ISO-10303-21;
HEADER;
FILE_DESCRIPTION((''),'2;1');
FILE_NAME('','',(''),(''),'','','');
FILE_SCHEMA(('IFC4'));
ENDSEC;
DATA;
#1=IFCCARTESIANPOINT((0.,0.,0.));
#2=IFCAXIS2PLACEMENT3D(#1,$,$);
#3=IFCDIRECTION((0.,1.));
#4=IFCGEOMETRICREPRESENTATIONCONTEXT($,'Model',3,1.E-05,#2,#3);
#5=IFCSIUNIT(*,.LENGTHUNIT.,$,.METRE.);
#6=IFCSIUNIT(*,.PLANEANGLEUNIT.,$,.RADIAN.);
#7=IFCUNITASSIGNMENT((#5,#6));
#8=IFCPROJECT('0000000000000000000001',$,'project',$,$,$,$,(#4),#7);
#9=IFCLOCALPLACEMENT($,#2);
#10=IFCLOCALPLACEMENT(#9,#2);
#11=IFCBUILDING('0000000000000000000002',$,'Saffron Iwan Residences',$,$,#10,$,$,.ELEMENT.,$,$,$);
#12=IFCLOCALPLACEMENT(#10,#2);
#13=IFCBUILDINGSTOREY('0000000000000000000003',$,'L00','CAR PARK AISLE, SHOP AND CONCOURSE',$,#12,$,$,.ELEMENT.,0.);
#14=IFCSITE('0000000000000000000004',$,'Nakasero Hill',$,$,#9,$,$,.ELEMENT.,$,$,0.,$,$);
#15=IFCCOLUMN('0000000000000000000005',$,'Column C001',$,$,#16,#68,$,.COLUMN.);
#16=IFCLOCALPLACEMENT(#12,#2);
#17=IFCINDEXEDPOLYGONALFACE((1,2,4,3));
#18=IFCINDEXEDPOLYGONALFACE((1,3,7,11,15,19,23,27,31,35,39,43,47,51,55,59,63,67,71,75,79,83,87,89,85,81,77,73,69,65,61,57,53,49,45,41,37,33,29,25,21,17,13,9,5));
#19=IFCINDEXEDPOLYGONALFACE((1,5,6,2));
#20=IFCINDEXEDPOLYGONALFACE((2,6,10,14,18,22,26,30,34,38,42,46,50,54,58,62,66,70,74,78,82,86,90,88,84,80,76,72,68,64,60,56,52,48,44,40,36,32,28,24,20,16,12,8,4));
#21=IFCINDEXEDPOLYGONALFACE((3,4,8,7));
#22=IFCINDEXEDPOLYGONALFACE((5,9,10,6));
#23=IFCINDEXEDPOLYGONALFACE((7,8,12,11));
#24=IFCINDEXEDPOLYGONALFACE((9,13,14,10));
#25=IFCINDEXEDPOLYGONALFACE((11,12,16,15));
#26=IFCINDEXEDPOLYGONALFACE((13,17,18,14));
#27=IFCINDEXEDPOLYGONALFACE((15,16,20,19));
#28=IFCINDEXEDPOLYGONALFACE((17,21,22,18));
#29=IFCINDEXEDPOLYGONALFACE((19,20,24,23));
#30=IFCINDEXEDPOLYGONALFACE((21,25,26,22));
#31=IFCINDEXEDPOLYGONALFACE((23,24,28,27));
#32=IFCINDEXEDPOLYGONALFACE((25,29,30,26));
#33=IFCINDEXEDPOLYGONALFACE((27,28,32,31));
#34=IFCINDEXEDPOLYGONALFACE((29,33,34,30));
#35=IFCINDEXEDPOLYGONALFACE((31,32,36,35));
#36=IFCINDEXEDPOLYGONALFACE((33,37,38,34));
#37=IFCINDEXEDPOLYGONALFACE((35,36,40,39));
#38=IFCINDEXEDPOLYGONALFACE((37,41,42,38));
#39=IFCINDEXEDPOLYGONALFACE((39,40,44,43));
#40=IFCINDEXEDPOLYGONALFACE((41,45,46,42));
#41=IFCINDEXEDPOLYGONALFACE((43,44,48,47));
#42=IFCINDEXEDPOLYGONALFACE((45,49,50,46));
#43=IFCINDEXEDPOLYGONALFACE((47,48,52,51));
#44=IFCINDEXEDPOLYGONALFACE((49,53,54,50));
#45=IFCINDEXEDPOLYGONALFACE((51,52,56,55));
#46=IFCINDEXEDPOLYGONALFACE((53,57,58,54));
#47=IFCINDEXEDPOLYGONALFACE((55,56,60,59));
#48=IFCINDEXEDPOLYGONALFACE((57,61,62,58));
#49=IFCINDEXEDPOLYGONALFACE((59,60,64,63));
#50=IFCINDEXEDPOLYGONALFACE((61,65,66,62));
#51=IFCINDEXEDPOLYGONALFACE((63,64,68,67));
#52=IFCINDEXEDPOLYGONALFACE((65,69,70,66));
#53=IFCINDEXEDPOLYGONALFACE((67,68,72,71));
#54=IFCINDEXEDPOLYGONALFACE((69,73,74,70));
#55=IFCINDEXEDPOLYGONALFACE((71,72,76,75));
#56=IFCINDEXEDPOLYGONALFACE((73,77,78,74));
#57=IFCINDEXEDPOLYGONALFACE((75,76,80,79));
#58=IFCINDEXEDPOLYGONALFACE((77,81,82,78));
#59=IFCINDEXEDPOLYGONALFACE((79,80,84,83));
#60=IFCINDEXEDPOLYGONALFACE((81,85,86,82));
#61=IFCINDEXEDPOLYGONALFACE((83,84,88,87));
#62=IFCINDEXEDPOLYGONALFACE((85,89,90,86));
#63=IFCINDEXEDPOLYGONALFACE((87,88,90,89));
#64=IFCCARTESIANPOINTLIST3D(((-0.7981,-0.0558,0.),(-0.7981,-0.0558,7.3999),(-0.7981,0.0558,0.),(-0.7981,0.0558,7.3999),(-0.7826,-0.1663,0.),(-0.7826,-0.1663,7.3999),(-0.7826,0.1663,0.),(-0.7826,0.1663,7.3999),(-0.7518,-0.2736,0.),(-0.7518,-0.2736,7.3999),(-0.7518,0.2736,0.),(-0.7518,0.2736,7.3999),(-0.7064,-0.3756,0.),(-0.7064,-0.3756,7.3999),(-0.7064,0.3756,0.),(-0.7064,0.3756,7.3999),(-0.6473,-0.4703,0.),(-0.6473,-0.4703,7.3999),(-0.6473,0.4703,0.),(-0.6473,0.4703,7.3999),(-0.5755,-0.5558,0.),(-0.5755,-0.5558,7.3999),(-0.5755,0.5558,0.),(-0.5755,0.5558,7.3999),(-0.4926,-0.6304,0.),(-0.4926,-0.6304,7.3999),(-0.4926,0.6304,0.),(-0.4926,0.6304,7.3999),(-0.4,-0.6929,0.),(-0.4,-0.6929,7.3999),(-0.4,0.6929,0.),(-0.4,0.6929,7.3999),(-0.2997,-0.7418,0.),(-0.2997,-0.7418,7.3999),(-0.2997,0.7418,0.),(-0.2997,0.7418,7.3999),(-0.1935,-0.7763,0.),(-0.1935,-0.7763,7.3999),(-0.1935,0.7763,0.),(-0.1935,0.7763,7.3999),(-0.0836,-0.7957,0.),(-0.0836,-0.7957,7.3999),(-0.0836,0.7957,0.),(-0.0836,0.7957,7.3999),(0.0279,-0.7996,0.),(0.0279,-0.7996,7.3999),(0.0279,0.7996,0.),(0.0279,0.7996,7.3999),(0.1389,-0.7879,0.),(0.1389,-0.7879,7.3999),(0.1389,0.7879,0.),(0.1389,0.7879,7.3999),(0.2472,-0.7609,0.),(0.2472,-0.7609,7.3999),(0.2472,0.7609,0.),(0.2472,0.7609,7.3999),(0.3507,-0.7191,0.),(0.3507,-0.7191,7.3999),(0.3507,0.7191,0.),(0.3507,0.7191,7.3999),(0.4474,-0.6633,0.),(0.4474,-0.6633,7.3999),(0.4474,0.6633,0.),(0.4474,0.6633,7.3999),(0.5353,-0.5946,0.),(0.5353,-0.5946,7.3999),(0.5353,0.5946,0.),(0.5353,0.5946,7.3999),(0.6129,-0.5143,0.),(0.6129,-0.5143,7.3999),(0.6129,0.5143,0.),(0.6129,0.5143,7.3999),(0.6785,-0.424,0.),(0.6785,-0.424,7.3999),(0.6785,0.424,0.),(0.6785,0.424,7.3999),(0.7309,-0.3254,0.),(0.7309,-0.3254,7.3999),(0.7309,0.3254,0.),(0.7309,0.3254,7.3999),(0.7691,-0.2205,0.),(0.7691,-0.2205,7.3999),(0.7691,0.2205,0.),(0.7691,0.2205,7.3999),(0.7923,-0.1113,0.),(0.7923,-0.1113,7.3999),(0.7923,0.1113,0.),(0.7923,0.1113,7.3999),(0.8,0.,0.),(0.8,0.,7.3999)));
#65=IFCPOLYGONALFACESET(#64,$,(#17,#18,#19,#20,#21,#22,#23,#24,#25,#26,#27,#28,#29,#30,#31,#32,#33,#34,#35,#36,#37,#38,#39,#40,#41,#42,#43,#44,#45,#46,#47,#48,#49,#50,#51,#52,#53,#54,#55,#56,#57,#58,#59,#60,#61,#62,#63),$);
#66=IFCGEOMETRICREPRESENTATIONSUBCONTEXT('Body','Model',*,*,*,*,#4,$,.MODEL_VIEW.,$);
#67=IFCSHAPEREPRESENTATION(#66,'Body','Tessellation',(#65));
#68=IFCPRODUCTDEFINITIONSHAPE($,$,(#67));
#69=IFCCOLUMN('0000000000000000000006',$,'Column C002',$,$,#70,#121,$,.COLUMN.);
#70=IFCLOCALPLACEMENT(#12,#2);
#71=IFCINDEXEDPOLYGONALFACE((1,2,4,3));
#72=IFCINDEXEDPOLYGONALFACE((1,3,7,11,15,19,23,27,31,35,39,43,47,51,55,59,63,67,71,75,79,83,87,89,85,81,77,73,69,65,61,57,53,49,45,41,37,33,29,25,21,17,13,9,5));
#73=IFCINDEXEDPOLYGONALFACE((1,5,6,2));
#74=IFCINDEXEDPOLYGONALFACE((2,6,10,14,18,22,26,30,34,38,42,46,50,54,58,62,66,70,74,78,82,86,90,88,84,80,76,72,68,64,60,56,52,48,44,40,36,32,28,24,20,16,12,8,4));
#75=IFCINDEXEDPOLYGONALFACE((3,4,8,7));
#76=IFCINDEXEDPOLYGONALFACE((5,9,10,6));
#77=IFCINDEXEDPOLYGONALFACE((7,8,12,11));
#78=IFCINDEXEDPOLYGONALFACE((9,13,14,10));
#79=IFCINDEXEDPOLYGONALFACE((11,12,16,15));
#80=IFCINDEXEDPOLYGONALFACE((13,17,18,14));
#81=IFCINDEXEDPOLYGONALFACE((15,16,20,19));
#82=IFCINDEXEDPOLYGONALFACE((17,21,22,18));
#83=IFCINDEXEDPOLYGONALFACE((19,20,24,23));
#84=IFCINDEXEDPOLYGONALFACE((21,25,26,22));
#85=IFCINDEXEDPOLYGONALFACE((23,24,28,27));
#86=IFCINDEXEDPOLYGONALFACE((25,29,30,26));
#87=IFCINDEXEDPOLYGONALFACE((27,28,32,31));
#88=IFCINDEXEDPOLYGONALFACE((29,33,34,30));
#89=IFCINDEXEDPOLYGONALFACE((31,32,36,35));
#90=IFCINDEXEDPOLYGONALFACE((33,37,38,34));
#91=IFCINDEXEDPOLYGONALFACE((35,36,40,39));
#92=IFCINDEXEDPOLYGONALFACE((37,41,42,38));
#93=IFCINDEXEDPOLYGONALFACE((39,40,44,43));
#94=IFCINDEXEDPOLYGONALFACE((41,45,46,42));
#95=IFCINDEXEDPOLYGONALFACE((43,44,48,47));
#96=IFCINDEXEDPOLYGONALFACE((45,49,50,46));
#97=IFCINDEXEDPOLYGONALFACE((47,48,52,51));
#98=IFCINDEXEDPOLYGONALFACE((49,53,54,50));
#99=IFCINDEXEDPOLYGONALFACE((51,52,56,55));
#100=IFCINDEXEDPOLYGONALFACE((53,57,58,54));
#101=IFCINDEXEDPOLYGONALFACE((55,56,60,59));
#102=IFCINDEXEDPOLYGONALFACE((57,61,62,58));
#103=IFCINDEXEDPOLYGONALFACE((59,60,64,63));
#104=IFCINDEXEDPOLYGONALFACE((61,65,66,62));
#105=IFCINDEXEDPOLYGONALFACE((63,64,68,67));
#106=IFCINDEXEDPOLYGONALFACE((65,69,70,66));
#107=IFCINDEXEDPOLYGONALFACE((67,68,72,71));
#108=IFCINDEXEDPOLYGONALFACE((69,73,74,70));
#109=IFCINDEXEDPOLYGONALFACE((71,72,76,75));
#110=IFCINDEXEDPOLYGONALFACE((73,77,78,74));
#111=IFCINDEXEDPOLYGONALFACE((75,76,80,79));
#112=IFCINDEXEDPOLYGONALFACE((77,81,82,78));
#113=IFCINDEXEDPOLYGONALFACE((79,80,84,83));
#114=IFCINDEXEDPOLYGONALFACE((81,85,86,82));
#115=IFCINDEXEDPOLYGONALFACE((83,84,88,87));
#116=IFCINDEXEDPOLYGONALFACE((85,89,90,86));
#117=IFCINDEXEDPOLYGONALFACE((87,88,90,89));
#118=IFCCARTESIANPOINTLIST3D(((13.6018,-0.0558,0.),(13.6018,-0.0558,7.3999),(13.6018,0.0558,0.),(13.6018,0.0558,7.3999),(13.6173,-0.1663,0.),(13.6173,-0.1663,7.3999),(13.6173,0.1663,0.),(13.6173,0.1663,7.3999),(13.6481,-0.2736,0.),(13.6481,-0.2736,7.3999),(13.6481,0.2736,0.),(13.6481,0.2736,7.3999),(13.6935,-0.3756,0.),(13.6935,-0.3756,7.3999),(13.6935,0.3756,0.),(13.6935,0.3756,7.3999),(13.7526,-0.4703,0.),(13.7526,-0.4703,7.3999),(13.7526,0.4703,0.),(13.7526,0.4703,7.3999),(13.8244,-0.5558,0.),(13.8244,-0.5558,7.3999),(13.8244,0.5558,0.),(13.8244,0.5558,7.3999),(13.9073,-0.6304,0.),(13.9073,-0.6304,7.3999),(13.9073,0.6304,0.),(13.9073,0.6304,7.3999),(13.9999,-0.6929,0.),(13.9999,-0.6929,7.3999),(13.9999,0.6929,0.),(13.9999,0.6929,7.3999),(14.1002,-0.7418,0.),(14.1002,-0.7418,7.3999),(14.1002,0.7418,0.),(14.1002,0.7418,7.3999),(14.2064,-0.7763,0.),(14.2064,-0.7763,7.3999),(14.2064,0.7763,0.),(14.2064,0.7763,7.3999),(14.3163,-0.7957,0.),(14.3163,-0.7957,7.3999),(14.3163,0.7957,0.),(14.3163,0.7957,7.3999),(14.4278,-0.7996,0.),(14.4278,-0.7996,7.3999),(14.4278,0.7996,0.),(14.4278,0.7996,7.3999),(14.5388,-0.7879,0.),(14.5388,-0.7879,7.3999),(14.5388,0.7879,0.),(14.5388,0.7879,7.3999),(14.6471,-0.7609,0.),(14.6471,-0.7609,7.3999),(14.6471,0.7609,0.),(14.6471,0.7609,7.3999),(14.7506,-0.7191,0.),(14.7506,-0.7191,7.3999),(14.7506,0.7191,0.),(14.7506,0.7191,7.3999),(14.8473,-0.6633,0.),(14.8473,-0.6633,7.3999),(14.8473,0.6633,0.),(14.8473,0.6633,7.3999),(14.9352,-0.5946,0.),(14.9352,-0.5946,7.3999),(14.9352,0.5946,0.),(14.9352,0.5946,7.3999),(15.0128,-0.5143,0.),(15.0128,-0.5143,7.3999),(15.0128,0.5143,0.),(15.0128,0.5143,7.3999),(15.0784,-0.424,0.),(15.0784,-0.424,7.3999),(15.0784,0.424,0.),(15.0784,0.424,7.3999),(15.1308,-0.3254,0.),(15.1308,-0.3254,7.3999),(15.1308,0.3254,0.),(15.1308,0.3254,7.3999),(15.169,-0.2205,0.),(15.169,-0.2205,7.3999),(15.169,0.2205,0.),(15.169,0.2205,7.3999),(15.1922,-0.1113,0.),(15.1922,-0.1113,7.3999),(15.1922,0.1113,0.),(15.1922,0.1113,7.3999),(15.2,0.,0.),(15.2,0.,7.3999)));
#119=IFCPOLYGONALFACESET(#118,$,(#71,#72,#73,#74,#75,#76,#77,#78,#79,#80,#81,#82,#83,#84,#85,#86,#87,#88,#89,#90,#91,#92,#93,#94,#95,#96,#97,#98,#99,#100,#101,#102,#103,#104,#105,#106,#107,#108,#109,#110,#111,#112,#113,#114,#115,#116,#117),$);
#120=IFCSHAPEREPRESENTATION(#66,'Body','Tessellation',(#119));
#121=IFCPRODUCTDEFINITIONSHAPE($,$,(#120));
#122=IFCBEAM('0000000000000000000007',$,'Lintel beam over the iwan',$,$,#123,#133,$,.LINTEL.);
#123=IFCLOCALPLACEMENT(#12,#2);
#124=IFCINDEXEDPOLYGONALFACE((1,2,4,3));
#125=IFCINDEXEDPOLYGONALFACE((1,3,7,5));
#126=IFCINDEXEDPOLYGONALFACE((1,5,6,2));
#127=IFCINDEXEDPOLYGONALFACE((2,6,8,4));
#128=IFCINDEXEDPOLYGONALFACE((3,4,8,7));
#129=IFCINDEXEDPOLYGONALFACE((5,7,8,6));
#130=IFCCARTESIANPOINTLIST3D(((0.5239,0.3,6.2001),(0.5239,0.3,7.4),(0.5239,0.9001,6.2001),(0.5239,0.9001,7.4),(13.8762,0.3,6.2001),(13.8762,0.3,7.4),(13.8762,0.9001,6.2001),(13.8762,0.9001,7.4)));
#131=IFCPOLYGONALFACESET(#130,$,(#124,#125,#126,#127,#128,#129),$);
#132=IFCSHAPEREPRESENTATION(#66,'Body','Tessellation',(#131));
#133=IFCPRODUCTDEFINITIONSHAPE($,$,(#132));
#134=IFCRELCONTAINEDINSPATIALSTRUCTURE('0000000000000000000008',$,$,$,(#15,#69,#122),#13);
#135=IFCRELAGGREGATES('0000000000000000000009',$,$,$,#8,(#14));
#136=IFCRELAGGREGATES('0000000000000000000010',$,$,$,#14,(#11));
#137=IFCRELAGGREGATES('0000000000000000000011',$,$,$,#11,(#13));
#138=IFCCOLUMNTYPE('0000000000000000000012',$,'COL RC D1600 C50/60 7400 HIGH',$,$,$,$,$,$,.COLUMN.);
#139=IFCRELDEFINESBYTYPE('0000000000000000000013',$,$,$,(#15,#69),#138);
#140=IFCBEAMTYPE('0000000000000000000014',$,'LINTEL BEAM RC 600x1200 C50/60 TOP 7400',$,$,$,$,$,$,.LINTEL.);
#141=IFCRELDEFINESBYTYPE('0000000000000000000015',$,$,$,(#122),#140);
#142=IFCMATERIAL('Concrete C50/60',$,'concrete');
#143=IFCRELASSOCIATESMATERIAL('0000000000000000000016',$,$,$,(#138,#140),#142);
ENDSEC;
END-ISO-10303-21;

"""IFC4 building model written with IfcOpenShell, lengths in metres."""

from ifc_helpers import new_model, si_unit, direction, frame, origin, origin_2d, place, context, subcontext, project, spatial, rectangle, circle, extrude, source, transform, mapped, material, material_profile, profile_set, type_object, element, save


model = new_model("IFC4")

# Units and contexts
model_context = context("Model", 3, precision=1e-05, world=origin(), true_north=direction((0.0, 1.0)))
body_context = subcontext(model_context, "Body", "Model", "MODEL_VIEW")
ifc_project = project(units=[si_unit("LENGTHUNIT", "METRE"), si_unit("PLANEANGLEUNIT", "RADIAN")], contexts=[model_context])

# Site, building, storey
site_placement = place(None, origin())
site = spatial("IfcSite", under=ifc_project, at=site_placement, Name="Nakasero Hill", CompositionType="ELEMENT", RefElevation=0.0)
building_placement = place(site_placement, origin())
building = spatial("IfcBuilding", under=site, at=building_placement, Name="Saffron Iwan Residences", CompositionType="ELEMENT")
storey_placement = place(building_placement, origin())
storey = spatial("IfcBuildingStorey", under=building, at=storey_placement, Name="L00", Description="CAR PARK AISLE, SHOP AND CONCOURSE", CompositionType="ELEMENT", Elevation=0.0)

# Columns
ifc_material_1 = material(Name="Concrete C50/60", Category="concrete")
ifc_material_profile_1 = material_profile(ifc_material_1, circle(Radius=0.8, at=origin_2d()), Name="RC D1600")
ifc_profile_set_1 = profile_set([ifc_material_profile_1], Name="Concrete C50/60")
column_type = type_object("IfcColumnType", Name="COL RC D1600 C50/60 7400 HIGH", PredefinedType="COLUMN", material=ifc_profile_set_1)
shared_shape_1 = source(origin(), body_context, "Body", "SweptSolid", [
    extrude(circle(Radius=0.8, at=origin_2d()), origin(), (0.0, 0.0, 1.0), 7.3999),
])
for number, where, z_axis, x_axis, name in (
    (1, (0.0, 0.0, 0.0), (0.0, 0.0, 1.0), (1.0, 0.0, 0.0), "Column C001"),
    (2, (14.3999, 0.0, 0.0), (0.0, 0.0, 1.0), (1.0, 0.0, 0.0), "Column C002"),
):
    element("IfcColumn", number, at=place(storey_placement, frame(where, z_axis=z_axis, x_axis=x_axis)), inside=storey, type_object=column_type, Name=name, PredefinedType="COLUMN", context=body_context, shape_type="MappedRepresentation", body=[
        mapped(shared_shape_1, transform((0.0, 0.0, 0.0))),
    ])

# Beam
ifc_material_profile_2 = material_profile(ifc_material_1, rectangle(XDim=0.6001, YDim=1.2, at=origin_2d()), Name="RC 600x1200")
ifc_profile_set_2 = profile_set([ifc_material_profile_2], Name="Concrete C50/60")
beam_type = type_object("IfcBeamType", Name="LINTEL BEAM RC 600x1200 C50/60 TOP 7400", PredefinedType="LINTEL", material=ifc_profile_set_2)
shared_shape_2 = source(origin(), body_context, "Body", "SweptSolid", [
    extrude(rectangle(XDim=0.6001, YDim=1.2, at=origin_2d()), origin(), (0.0, 0.0, 1.0), 13.3523),
])
beam_placement = place(storey_placement, frame((13.8762, 0.6001, 6.8), z_axis=(-1.0, 0.0, 0.0), x_axis=(0.0, -1.0, 0.0)))
element("IfcBeam", 3, at=beam_placement, inside=storey, type_object=beam_type, Name="Lintel beam over the iwan", PredefinedType="LINTEL", context=body_context, shape_type="MappedRepresentation", body=[
    mapped(shared_shape_2, transform((0.0, 0.0, 0.0))),
])

save(model, "model.ifc")
